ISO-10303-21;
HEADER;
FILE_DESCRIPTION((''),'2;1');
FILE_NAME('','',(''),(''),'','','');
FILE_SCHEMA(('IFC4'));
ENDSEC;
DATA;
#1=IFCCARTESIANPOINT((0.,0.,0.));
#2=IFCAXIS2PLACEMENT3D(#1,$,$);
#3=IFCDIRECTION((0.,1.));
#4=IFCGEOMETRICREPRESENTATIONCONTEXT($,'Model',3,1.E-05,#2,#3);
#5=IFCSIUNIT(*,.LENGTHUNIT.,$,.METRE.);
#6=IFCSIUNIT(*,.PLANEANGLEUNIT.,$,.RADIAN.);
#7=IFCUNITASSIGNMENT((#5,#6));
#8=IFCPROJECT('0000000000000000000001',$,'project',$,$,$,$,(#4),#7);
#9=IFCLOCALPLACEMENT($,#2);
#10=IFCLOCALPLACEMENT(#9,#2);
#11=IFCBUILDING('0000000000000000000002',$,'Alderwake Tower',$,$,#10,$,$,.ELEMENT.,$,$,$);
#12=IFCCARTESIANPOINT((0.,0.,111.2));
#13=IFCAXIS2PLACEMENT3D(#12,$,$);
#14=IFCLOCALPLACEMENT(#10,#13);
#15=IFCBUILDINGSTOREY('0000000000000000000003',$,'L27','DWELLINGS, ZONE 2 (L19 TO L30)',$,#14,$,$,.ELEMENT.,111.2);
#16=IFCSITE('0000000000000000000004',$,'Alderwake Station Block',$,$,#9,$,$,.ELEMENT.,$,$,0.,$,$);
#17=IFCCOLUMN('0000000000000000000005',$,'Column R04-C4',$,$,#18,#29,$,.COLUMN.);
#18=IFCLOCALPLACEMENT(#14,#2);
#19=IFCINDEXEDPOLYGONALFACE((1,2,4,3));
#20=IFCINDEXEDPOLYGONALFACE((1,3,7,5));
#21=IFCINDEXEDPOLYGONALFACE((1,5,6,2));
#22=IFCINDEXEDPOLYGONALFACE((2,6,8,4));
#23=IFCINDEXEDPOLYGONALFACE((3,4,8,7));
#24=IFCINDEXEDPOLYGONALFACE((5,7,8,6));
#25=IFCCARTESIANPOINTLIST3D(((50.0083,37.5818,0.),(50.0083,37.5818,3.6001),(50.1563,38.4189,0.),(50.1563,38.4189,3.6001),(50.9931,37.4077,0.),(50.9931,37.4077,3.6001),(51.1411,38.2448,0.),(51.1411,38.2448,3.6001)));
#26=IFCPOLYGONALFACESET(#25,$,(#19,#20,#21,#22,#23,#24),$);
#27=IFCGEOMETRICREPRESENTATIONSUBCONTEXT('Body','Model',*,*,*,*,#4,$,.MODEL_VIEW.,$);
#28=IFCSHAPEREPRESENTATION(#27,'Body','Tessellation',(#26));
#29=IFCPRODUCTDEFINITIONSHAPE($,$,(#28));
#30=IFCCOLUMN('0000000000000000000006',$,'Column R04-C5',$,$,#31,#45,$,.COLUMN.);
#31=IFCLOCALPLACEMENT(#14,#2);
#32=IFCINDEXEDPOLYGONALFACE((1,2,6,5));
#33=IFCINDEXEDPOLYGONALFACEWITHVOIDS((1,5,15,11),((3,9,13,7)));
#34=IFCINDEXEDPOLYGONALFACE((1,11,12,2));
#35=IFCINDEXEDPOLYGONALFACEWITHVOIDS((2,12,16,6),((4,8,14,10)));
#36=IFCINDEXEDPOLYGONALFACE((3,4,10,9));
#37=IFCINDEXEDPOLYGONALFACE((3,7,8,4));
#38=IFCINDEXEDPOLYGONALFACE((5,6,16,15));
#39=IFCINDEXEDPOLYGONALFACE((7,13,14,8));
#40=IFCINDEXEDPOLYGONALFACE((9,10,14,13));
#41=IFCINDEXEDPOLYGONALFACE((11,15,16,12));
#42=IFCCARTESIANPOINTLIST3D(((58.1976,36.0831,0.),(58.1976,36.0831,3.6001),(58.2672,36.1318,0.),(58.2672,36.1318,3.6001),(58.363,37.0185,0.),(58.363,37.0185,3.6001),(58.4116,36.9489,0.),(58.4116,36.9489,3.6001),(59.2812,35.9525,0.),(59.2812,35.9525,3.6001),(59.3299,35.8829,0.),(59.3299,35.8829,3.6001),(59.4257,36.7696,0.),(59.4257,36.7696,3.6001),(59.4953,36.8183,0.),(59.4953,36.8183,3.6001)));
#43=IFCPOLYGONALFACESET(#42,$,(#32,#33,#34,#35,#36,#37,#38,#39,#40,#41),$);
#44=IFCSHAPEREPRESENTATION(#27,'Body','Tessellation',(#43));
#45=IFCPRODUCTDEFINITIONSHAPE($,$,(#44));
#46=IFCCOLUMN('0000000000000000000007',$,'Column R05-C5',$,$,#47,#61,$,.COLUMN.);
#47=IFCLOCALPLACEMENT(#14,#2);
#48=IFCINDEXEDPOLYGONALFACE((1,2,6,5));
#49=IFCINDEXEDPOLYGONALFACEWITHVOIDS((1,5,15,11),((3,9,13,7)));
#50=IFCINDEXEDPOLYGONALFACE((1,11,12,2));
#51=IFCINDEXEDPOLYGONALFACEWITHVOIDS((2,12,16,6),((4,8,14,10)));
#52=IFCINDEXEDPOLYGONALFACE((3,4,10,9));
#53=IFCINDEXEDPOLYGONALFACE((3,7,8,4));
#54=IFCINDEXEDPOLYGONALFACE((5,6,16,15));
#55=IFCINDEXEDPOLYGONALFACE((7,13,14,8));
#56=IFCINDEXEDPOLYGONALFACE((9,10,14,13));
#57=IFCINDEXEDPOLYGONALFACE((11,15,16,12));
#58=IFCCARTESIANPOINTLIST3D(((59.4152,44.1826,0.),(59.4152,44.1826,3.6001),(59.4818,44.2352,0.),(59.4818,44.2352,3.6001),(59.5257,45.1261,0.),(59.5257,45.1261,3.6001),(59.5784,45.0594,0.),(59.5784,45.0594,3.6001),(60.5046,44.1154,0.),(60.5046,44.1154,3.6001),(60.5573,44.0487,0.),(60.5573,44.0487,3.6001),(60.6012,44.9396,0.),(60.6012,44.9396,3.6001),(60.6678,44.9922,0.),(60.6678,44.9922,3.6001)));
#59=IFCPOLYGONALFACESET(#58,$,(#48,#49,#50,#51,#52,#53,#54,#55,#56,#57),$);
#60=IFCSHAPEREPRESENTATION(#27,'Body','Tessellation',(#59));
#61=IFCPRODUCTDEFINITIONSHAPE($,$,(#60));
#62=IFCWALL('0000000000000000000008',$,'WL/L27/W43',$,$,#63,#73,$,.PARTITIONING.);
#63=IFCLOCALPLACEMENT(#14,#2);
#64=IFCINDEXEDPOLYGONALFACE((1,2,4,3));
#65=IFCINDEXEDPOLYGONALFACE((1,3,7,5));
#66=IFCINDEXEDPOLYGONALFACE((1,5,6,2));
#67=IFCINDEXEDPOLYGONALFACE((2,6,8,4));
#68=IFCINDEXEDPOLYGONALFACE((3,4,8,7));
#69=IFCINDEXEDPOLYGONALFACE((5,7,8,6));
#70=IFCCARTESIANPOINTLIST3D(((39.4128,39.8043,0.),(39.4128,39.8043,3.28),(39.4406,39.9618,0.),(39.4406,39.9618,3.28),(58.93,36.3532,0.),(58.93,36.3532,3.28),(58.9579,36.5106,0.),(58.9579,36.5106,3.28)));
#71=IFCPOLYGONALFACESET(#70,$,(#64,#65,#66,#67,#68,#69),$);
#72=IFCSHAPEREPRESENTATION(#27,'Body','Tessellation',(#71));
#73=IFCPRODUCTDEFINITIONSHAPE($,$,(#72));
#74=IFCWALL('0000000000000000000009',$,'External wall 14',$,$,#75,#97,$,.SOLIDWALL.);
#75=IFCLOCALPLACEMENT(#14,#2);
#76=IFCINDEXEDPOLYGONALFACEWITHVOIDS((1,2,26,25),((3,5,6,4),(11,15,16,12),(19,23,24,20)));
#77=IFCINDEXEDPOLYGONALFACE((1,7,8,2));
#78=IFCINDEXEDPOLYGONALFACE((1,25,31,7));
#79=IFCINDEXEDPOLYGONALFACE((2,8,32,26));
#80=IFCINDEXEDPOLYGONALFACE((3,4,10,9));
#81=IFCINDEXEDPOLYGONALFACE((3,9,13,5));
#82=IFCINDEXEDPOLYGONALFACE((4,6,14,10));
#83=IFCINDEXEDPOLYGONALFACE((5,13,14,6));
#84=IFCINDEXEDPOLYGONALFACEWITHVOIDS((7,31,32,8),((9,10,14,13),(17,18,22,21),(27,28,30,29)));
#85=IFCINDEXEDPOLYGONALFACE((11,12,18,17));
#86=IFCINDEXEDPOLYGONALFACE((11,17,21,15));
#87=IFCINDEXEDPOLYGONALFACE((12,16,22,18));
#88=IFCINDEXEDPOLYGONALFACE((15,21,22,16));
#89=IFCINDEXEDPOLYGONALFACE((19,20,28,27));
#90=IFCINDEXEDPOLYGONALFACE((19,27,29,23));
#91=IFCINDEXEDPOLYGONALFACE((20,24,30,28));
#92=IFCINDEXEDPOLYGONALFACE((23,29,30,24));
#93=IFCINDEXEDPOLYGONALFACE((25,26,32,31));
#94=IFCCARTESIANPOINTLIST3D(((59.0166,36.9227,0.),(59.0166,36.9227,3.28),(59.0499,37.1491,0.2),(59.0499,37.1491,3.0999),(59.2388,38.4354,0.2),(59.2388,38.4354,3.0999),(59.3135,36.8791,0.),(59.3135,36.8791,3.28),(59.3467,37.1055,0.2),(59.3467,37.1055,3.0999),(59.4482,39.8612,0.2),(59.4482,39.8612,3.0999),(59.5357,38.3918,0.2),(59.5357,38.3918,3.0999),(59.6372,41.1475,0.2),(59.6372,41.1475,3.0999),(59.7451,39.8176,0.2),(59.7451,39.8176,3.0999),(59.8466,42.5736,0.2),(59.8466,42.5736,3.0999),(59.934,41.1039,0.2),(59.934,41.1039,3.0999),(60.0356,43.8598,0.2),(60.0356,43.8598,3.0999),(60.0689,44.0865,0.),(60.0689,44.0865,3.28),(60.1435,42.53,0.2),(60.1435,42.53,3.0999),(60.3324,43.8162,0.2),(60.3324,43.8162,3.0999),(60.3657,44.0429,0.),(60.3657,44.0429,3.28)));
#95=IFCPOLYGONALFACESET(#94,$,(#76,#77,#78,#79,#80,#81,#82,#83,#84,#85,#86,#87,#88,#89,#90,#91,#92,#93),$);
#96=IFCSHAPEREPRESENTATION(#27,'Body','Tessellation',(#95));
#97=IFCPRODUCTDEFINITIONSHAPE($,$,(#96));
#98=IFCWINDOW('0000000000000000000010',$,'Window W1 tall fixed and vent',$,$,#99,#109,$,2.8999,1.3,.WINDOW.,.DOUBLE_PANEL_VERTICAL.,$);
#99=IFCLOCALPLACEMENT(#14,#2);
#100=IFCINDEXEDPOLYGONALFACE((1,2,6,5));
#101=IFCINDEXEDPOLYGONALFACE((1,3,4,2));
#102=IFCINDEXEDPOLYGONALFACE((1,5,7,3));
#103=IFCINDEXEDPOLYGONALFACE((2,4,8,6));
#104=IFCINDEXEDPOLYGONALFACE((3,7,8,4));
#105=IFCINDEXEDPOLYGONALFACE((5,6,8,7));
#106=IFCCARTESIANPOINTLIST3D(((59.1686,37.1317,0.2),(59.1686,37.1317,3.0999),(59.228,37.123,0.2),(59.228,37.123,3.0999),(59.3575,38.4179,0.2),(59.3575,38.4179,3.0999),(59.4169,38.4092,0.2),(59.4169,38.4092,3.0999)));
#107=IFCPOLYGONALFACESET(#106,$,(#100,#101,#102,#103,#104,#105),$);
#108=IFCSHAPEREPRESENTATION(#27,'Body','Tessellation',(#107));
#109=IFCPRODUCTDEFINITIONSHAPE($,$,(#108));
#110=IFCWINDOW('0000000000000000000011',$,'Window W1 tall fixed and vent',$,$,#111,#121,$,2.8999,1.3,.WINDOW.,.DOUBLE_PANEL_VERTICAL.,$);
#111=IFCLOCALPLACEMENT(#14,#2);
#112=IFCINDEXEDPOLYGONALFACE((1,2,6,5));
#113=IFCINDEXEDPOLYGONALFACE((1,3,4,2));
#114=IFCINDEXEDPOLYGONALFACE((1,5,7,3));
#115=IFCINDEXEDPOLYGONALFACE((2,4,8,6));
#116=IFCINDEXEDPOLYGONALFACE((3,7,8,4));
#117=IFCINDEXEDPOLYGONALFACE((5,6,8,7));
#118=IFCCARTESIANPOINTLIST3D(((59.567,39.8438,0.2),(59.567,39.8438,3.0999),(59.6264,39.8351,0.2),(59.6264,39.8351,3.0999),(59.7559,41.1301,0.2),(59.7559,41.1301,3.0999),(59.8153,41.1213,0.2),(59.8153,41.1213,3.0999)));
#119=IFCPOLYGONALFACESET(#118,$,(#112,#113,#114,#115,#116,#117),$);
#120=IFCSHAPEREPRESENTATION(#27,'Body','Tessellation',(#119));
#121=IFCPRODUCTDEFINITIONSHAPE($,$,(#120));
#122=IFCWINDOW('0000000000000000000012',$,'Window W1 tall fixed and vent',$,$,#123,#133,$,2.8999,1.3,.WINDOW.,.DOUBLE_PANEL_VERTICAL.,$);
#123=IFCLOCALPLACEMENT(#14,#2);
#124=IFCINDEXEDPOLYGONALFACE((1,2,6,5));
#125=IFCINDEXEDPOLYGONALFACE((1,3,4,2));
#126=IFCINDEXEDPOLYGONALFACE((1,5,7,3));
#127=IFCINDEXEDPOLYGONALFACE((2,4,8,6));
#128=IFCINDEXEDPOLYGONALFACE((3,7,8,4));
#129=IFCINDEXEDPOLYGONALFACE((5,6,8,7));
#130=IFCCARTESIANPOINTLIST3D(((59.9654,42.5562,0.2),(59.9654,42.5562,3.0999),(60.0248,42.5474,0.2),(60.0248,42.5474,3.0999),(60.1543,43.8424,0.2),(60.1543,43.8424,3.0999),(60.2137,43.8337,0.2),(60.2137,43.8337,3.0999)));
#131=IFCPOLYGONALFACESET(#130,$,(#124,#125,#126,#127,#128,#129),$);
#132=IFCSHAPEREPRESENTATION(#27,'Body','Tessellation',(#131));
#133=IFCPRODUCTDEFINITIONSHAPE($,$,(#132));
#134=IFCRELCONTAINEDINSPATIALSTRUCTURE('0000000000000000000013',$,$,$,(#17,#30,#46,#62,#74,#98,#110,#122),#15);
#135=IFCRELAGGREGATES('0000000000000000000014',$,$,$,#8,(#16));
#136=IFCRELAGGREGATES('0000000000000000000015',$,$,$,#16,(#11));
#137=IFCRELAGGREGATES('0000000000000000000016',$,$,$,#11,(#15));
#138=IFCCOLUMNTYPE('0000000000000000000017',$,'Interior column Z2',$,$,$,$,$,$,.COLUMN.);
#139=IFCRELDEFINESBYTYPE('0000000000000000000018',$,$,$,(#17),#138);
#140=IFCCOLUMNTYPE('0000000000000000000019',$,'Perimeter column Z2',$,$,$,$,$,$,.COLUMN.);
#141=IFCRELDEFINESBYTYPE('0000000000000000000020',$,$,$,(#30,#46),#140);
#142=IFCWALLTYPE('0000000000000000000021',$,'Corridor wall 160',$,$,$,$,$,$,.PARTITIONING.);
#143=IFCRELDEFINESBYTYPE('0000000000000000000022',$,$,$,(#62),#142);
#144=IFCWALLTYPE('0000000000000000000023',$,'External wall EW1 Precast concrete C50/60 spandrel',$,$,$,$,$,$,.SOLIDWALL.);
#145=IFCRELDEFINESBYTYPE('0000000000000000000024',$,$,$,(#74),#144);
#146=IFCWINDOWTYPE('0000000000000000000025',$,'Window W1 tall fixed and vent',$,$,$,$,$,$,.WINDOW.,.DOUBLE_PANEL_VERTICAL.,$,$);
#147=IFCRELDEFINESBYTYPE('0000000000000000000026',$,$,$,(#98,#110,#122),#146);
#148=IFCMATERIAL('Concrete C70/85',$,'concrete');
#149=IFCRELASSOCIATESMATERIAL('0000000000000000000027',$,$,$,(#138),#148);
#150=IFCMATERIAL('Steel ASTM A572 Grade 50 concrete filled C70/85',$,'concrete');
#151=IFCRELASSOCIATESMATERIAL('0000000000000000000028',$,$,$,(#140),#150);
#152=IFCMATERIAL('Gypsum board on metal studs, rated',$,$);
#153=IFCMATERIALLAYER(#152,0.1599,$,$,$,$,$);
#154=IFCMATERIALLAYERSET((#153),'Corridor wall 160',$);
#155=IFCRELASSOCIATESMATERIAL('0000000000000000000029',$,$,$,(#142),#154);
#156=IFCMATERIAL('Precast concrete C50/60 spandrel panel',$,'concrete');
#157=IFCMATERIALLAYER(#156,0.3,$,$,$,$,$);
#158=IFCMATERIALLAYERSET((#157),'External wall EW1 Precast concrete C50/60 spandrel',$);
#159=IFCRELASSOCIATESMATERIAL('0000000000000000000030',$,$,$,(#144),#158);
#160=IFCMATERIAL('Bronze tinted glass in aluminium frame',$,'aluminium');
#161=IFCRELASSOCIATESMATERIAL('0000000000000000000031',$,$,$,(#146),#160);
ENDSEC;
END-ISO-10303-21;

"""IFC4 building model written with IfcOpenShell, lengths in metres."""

from ifc_helpers import new_model, si_unit, direction, frame, frame_2d, origin, origin_2d, place, context, subcontext, project, spatial, rectangle, hollow_rectangle, extrude, material, layer, layer_set, material_profile, profile_set, type_object, element, fill, save


model = new_model("IFC4")

# Units and contexts
model_context = context("Model", 3, precision=1e-05, world=origin(), true_north=direction((0.0, 1.0)))
body_context = subcontext(model_context, "Body", "Model", "MODEL_VIEW")
ifc_project = project(units=[si_unit("LENGTHUNIT", "METRE"), si_unit("PLANEANGLEUNIT", "RADIAN")], contexts=[model_context])

# Site, building, storey
site_placement = place(None, origin())
site = spatial("IfcSite", under=ifc_project, at=site_placement, Name="Alderwake Station Block", CompositionType="ELEMENT", RefElevation=0.0)
building_placement = place(site_placement, origin())
building = spatial("IfcBuilding", under=site, at=building_placement, Name="Alderwake Tower", CompositionType="ELEMENT")
storey_placement = place(building_placement, frame((0.0, 0.0, 111.2)))
storey = spatial("IfcBuildingStorey", under=building, at=storey_placement, Name="L27", Description="DWELLINGS, ZONE 2 (L19 TO L30)", CompositionType="ELEMENT", Elevation=111.2)

# Columns
ifc_material_1 = material(Name="Concrete C70/85", Category="concrete")
ifc_material_profile_1 = material_profile(ifc_material_1, rectangle(XDim=0.8501, YDim=1.0, at=origin_2d()), Name="RC 1000X850")
ifc_profile_set_1 = profile_set([ifc_material_profile_1], Name="Concrete C70/85")
column_type_1 = type_object("IfcColumnType", Name="Interior column Z2", PredefinedType="COLUMN", material=ifc_profile_set_1)
column_placement = place(storey_placement, frame((50.5747, 37.9133, 0.0), z_axis=(0.0, 0.0, 1.0), x_axis=(0.174107, 0.984727, 0.0)))
element("IfcColumn", 1, at=column_placement, inside=storey, type_object=column_type_1, Name="Column R04-C4", PredefinedType="COLUMN", context=body_context, shape_type="SweptSolid", body=[
    extrude(rectangle(XDim=0.8501, YDim=1.0, at=origin_2d()), origin(), (0.0, 0.0, 1.0), 3.6001),
])
ifc_material_2 = material(Name="Steel ASTM A572 Grade 50 concrete filled C70/85", Category="concrete")
ifc_material_profile_2 = material_profile(ifc_material_2, hollow_rectangle(XDim=0.95, YDim=1.1499, WallThickness=0.0601, at=origin_2d()), Name="BOX 1150X950X60")
ifc_profile_set_2 = profile_set([ifc_material_profile_2], Name="Steel ASTM A572 Grade 50 concrete filled C70/85")
column_type_2 = type_object("IfcColumnType", Name="Perimeter column Z2", PredefinedType="COLUMN", material=ifc_profile_set_2)
for number, where, z_axis, x_axis, name in (
    (2, (58.8464, 36.4507, 0.0), (0.0, 0.0, 1.0), (0.174107, 0.984727, 0.0), "Column R04-C5"),
    (3, (60.0415, 44.5874, 0.0), (0.0, 0.0, 1.0), (0.116402, 0.993202, 0.0), "Column R05-C5"),
):
    element("IfcColumn", number, at=place(storey_placement, frame(where, z_axis=z_axis, x_axis=x_axis)), inside=storey, type_object=column_type_2, Name=name, PredefinedType="COLUMN", context=body_context, shape_type="SweptSolid", body=[
        extrude(hollow_rectangle(XDim=0.95, YDim=1.1499, WallThickness=0.0601, at=origin_2d()), origin(), (0.0, 0.0, 1.0), 3.6001),
    ])

# Wall
ifc_material_3 = material(Name="Gypsum board on metal studs, rated")
ifc_layer_1 = layer(ifc_material_3, 0.1599)
ifc_layer_set_1 = layer_set([ifc_layer_1], Name="Corridor wall 160")
wall_type_1 = type_object("IfcWallType", Name="Corridor wall 160", PredefinedType="PARTITIONING", material=ifc_layer_set_1)
wall_1_placement = place(storey_placement, frame((58.9441, 36.4319, 0.0), z_axis=(0.0, 0.0, 1.0), x_axis=(-0.984724, 0.174125, 0.0)))
element("IfcWall", 4, at=wall_1_placement, inside=storey, type_object=wall_type_1, Name="WL/L27/W43", PredefinedType="PARTITIONING", context=body_context, shape_type="SweptSolid", body=[
    extrude(rectangle(XDim=19.8201, YDim=0.1599, at=frame_2d((9.9102, 0.0))), origin(), (0.0, 0.0, 1.0), 3.28),
])

# Wall, openings, windows
ifc_material_4 = material(Name="Precast concrete C50/60 spandrel panel", Category="concrete")
ifc_layer_2 = layer(ifc_material_4, 0.3)
ifc_layer_set_2 = layer_set([ifc_layer_2], Name="External wall EW1 Precast concrete C50/60 spandrel")
wall_type_2 = type_object("IfcWallType", Name="External wall EW1 Precast concrete C50/60 spandrel", PredefinedType="SOLIDWALL", material=ifc_layer_set_2)
wall_2_placement = place(storey_placement, frame((59.165, 36.9009, 0.0), z_axis=(0.0, 0.0, 1.0), x_axis=(0.145324, 0.989384, 0.0)))
wall_2 = element("IfcWall", 5, at=wall_2_placement, inside=storey, type_object=wall_type_2, Name="External wall 14", PredefinedType="SOLIDWALL", context=body_context, shape_type="SweptSolid", body=[
    extrude(rectangle(XDim=7.2407, YDim=0.3, at=frame_2d((3.6204, 0.0))), origin(), (0.0, 0.0, 1.0), 3.28),
])
opening_1_placement = place(wall_2_placement, frame((0.229, 0.0, 0.2)))
opening_1 = element("IfcOpeningElement", 6, at=opening_1_placement, cuts=wall_2, PredefinedType="OPENING", context=body_context, shape_type="SweptSolid", body=[
    extrude(rectangle(XDim=1.3, YDim=2.8999, at=frame_2d((0.6499, 1.45))), frame((0.0, 0.1599, 0.0), z_axis=(0.0, -1.0, 0.0), x_axis=(1.0, 0.0, 0.0)), (0.0, 0.0, 1.0), 0.3201),
])
opening_2_placement = place(wall_2_placement, frame((2.9702, 0.0, 0.2)))
opening_2 = element("IfcOpeningElement", 7, at=opening_2_placement, cuts=wall_2, PredefinedType="OPENING", context=body_context, shape_type="SweptSolid", body=[
    extrude(rectangle(XDim=1.3, YDim=2.8999, at=frame_2d((0.6499, 1.45))), frame((0.0, 0.1599, 0.0), z_axis=(0.0, -1.0, 0.0), x_axis=(1.0, 0.0, 0.0)), (0.0, 0.0, 1.0), 0.3201),
])
opening_3_placement = place(wall_2_placement, frame((5.7117, 0.0, 0.2)))
opening_3 = element("IfcOpeningElement", 8, at=opening_3_placement, cuts=wall_2, PredefinedType="OPENING", context=body_context, shape_type="SweptSolid", body=[
    extrude(rectangle(XDim=1.3, YDim=2.8999, at=frame_2d((0.6499, 1.45))), frame((0.0, 0.1599, 0.0), z_axis=(0.0, -1.0, 0.0), x_axis=(1.0, 0.0, 0.0)), (0.0, 0.0, 1.0), 0.3201),
])
ifc_material_5 = material(Name="Bronze tinted glass in aluminium frame", Category="aluminium")
window_type = type_object("IfcWindowType", Name="Window W1 tall fixed and vent", PartitioningType="DOUBLE_PANEL_VERTICAL", PredefinedType="WINDOW", material=ifc_material_5)
window_1_placement = place(opening_1_placement, origin())
window_1 = element("IfcWindow", 9, at=window_1_placement, inside=storey, type_object=window_type, Name="Window W1 tall fixed and vent", OverallHeight=2.8999, OverallWidth=1.3, PartitioningType="DOUBLE_PANEL_VERTICAL", PredefinedType="WINDOW", context=body_context, shape_type="SweptSolid", body=[
    extrude(rectangle(XDim=1.3, YDim=2.8999, at=frame_2d((0.6499, 1.45))), frame((0.0, 0.03, 0.0), z_axis=(0.0, -1.0, 0.0), x_axis=(1.0, 0.0, 0.0)), (0.0, 0.0, 1.0), 0.0601),
])
fill(opening_1, window_1)
window_2_placement = place(opening_2_placement, origin())
window_2 = element("IfcWindow", 10, at=window_2_placement, inside=storey, type_object=window_type, Name="Window W1 tall fixed and vent", OverallHeight=2.8999, OverallWidth=1.3, PartitioningType="DOUBLE_PANEL_VERTICAL", PredefinedType="WINDOW", context=body_context, shape_type="SweptSolid", body=[
    extrude(rectangle(XDim=1.3, YDim=2.8999, at=frame_2d((0.6499, 1.45))), frame((0.0, 0.03, 0.0), z_axis=(0.0, -1.0, 0.0), x_axis=(1.0, 0.0, 0.0)), (0.0, 0.0, 1.0), 0.0601),
])
fill(opening_2, window_2)
window_3_placement = place(opening_3_placement, origin())
window_3 = element("IfcWindow", 11, at=window_3_placement, inside=storey, type_object=window_type, Name="Window W1 tall fixed and vent", OverallHeight=2.8999, OverallWidth=1.3, PartitioningType="DOUBLE_PANEL_VERTICAL", PredefinedType="WINDOW", context=body_context, shape_type="SweptSolid", body=[
    extrude(rectangle(XDim=1.3, YDim=2.8999, at=frame_2d((0.6499, 1.45))), frame((0.0, 0.03, 0.0), z_axis=(0.0, -1.0, 0.0), x_axis=(1.0, 0.0, 0.0)), (0.0, 0.0, 1.0), 0.0601),
])
fill(opening_3, window_3)

save(model, "model.ifc")
